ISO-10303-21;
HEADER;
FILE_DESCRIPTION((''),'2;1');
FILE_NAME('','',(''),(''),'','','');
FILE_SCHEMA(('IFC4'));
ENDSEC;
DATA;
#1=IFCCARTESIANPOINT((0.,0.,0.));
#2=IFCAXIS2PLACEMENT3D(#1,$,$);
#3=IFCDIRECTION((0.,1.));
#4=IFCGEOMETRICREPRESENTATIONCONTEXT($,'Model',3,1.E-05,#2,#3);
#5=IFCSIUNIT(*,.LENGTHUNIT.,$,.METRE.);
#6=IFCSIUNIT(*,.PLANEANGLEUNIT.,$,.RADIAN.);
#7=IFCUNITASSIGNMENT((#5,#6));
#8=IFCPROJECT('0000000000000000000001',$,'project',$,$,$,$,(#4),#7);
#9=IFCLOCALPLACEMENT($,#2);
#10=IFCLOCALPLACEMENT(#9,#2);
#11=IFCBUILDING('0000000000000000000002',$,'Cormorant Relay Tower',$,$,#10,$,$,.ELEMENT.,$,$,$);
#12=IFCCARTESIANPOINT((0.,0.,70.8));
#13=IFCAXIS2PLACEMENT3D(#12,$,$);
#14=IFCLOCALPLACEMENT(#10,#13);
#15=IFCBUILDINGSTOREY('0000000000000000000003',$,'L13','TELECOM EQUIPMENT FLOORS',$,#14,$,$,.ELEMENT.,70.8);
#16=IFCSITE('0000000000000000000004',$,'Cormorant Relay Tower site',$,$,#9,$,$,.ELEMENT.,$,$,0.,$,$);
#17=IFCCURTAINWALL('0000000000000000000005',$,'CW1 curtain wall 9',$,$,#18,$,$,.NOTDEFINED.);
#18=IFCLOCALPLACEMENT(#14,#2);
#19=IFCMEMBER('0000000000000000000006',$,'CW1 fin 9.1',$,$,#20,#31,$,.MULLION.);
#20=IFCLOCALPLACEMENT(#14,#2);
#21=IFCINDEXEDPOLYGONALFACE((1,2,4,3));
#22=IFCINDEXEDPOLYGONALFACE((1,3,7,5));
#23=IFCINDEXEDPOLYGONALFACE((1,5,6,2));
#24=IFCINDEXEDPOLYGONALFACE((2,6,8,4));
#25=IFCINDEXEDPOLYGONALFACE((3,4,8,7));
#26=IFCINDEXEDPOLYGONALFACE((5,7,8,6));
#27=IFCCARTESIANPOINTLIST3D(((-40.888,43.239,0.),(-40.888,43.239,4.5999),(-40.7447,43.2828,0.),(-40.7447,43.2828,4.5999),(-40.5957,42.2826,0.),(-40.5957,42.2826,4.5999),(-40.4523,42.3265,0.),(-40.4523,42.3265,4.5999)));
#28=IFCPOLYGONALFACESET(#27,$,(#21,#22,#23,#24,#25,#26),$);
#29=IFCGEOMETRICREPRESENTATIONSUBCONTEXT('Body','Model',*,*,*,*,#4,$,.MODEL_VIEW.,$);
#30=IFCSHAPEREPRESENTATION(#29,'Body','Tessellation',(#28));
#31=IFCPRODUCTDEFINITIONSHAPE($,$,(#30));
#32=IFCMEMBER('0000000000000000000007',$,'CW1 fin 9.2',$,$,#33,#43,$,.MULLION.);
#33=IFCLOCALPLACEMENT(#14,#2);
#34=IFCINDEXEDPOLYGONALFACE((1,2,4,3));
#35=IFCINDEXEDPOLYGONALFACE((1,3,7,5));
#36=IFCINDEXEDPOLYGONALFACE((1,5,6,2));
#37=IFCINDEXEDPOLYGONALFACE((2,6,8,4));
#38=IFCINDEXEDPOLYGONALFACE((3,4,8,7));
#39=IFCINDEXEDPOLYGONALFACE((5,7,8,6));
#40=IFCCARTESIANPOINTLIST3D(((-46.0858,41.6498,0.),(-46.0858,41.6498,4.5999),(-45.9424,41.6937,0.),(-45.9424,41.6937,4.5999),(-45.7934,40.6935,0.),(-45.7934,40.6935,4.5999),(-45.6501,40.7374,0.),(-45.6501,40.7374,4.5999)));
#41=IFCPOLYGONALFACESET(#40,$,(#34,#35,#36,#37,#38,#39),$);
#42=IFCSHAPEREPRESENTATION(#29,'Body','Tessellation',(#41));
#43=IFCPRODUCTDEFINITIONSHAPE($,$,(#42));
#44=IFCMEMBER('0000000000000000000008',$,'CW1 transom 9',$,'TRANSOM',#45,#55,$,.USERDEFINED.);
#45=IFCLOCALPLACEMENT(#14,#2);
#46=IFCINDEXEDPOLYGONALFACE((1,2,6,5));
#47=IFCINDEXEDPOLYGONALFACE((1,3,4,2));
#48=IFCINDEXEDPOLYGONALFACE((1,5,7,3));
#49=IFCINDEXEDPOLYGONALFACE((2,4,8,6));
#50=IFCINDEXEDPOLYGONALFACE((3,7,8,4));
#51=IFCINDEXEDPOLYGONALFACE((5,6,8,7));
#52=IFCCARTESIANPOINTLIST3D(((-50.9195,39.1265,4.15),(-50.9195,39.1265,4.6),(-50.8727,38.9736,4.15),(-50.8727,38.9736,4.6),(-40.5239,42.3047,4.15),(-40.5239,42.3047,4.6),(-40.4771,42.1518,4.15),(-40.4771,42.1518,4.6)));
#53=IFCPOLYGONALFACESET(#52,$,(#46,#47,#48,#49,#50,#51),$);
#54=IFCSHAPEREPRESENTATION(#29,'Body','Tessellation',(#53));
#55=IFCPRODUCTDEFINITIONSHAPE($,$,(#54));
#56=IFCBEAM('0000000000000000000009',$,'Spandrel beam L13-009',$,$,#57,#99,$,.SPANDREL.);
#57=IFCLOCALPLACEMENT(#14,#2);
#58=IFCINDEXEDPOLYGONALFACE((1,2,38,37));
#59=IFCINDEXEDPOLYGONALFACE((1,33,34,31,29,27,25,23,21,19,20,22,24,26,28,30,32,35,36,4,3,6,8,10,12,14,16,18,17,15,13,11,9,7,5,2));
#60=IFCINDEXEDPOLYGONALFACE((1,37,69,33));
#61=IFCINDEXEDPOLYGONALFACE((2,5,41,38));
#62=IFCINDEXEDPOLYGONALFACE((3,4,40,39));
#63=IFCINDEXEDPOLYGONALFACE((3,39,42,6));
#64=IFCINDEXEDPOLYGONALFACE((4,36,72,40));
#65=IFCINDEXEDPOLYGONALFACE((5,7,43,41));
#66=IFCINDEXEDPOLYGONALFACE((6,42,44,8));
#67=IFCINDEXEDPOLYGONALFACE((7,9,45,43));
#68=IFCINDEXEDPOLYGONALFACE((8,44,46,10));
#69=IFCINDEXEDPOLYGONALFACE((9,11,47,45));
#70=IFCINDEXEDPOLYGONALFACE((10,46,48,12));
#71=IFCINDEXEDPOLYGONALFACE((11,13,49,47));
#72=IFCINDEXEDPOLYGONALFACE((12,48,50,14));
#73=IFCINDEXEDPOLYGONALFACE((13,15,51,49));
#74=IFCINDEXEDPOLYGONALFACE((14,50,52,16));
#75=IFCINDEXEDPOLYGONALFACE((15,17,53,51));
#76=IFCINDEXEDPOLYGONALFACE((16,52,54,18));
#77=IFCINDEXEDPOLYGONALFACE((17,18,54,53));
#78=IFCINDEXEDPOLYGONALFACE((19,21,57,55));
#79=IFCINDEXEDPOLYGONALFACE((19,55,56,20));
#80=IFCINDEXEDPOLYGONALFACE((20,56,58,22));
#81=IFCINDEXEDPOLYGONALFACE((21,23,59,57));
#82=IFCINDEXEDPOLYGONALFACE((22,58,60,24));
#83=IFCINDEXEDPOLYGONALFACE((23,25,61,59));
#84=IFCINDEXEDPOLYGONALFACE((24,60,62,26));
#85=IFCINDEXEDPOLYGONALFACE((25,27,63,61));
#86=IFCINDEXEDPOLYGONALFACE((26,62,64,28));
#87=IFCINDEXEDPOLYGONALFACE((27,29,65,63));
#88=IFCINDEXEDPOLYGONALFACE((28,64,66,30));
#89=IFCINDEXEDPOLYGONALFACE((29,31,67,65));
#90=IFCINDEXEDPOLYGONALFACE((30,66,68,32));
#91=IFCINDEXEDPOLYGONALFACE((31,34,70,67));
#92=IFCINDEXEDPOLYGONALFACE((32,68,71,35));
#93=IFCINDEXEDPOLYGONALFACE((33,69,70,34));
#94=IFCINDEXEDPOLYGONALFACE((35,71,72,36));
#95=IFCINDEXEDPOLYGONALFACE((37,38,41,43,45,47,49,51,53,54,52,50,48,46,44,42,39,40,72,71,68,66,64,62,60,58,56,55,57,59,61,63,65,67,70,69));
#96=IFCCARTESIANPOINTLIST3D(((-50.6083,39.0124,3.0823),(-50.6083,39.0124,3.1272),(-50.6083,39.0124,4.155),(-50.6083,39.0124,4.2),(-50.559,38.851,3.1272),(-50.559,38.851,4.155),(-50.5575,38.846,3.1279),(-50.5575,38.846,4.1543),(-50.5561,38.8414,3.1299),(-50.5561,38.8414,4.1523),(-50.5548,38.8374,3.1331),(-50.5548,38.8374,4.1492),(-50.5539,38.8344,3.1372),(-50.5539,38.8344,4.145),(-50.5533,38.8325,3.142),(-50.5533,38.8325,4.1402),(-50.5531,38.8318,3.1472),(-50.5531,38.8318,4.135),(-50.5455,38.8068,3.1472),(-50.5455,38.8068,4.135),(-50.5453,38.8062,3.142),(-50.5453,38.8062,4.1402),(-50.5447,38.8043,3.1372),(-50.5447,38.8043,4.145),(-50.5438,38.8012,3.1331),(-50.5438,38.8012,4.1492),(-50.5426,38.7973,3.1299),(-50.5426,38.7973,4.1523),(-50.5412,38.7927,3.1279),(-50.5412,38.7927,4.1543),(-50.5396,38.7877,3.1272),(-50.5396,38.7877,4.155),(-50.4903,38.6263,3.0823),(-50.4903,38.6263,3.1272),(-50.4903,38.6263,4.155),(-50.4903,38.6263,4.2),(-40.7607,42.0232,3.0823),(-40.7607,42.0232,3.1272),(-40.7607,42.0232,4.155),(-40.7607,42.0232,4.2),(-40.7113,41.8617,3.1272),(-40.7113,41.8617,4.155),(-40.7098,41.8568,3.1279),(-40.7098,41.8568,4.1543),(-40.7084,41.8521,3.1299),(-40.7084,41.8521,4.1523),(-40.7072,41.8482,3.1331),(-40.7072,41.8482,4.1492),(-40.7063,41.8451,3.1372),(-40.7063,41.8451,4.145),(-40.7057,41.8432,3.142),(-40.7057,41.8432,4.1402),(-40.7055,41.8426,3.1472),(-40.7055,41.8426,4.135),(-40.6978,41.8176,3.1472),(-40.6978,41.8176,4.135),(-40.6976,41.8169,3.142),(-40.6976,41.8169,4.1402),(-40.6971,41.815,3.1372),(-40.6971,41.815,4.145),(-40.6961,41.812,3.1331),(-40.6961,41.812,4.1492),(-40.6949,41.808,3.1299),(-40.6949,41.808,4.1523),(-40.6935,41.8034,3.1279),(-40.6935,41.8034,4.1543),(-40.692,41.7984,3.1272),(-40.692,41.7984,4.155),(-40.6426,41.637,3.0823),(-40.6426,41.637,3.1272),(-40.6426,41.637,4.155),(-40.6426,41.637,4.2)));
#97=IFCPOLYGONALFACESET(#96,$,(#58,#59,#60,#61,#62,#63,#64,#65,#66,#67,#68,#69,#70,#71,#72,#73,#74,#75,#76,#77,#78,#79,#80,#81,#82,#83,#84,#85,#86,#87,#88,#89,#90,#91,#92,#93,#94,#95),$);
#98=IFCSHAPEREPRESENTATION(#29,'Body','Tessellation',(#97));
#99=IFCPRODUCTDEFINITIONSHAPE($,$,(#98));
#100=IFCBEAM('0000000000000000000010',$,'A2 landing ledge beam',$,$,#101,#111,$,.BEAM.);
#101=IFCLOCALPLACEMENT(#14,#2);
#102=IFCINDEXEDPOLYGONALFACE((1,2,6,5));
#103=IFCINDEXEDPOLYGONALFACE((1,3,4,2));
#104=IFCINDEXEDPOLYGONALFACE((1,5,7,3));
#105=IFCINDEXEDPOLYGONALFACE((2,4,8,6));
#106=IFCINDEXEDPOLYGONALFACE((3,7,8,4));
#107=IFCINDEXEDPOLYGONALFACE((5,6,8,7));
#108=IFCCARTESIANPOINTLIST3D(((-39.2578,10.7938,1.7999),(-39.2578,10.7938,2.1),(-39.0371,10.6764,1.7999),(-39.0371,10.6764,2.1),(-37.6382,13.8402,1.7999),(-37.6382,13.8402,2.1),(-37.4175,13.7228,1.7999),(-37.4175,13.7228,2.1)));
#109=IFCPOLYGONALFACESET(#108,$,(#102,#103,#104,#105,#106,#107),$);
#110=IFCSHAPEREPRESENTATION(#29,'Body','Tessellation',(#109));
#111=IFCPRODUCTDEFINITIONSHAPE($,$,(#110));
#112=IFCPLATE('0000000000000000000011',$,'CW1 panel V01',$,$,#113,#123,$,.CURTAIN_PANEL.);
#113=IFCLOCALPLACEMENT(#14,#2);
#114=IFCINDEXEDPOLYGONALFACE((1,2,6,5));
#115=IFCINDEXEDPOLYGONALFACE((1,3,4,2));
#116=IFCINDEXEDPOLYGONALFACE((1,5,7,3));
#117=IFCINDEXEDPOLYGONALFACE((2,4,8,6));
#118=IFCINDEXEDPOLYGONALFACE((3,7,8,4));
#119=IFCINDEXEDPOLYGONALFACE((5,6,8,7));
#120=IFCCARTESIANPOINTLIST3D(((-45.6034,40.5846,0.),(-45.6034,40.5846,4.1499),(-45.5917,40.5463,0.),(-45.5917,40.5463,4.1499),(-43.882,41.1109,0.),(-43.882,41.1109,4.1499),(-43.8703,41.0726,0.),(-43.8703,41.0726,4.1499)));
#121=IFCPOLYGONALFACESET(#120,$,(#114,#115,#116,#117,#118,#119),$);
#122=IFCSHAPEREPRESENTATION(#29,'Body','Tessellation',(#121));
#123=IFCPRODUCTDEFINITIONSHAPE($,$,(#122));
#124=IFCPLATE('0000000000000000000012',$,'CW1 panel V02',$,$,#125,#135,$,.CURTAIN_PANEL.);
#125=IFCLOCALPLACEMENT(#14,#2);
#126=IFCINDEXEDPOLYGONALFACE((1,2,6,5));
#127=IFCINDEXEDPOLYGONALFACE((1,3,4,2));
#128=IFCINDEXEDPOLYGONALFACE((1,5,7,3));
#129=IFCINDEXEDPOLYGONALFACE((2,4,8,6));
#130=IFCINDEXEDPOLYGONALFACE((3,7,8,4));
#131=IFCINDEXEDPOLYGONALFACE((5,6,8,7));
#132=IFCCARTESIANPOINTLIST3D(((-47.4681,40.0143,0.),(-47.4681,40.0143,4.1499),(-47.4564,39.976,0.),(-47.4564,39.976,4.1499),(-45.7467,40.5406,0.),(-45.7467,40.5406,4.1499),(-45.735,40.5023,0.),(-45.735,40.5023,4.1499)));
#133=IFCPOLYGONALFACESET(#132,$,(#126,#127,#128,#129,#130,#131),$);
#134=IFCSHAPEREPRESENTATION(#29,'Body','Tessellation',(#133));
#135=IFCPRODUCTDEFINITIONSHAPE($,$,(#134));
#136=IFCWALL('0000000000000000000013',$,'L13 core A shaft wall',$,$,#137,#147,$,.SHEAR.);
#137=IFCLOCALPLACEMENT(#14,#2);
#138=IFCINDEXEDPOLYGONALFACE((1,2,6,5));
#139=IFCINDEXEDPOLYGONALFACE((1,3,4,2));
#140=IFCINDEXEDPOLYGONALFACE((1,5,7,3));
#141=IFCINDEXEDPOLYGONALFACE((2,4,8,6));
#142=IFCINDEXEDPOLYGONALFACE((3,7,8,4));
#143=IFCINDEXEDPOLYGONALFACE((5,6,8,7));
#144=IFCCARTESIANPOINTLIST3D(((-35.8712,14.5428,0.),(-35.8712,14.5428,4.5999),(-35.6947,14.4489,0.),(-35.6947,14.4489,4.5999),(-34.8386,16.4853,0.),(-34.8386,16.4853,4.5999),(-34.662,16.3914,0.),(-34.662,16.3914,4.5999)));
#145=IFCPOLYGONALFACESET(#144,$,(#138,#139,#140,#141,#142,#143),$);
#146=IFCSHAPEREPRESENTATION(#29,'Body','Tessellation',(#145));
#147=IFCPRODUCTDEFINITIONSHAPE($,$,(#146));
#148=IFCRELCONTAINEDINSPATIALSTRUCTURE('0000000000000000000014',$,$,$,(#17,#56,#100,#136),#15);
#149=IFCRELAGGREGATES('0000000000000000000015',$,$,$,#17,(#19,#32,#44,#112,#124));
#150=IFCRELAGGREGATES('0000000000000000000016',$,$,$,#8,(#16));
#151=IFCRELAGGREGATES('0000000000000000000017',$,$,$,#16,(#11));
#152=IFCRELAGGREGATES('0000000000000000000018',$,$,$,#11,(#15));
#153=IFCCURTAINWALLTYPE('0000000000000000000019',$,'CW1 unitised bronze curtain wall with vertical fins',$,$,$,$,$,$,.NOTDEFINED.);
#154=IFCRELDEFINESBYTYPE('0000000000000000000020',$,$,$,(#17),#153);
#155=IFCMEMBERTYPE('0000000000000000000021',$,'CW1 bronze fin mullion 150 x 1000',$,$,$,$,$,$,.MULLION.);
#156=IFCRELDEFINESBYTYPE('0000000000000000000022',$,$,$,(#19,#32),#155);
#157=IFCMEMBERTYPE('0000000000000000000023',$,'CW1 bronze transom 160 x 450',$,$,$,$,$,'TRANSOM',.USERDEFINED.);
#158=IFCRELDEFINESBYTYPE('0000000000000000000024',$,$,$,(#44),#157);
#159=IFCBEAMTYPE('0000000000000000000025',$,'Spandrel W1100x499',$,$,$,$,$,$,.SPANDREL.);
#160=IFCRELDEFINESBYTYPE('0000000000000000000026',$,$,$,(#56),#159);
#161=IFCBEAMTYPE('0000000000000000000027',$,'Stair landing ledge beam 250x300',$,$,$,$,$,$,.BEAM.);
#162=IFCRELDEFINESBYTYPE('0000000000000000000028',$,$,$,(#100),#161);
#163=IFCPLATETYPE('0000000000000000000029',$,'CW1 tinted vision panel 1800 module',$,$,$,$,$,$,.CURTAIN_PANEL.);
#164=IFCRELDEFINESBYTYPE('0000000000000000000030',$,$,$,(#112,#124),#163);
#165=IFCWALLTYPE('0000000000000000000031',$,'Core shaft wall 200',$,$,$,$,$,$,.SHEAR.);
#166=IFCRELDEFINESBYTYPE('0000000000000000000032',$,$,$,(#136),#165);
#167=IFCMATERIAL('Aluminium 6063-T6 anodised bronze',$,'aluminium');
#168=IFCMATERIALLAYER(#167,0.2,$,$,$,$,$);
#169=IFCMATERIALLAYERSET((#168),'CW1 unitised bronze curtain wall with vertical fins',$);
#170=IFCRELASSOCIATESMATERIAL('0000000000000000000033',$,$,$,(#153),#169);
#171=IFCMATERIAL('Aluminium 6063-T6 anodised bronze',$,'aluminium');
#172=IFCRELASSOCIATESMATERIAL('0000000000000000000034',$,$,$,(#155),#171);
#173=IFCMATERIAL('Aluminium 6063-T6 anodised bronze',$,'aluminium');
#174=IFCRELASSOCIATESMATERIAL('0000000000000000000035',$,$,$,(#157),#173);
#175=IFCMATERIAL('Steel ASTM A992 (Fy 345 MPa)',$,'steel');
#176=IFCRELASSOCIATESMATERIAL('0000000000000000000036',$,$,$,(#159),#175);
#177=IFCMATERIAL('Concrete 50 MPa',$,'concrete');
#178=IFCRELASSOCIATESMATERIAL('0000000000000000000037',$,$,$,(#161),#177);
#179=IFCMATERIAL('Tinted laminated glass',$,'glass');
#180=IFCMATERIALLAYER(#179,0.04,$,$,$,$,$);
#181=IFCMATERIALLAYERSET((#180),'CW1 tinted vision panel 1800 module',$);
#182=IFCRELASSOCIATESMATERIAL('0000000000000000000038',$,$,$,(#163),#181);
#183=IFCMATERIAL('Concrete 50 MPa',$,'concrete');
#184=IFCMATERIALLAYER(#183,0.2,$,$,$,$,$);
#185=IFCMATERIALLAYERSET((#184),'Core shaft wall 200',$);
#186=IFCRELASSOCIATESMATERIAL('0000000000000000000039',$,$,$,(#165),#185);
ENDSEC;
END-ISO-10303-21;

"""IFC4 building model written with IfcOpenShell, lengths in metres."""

from ifc_helpers import new_model, si_unit, direction, frame, frame_2d, origin, origin_2d, place, context, subcontext, project, spatial, rectangle, i_section, extrude, material, layer, layer_set, material_profile, profile_set, type_object, element, aggregate, save


model = new_model("IFC4")

# Units and contexts
model_context = context("Model", 3, precision=1e-05, world=origin(), true_north=direction((0.0, 1.0)))
body_context = subcontext(model_context, "Body", "Model", "MODEL_VIEW")
ifc_project = project(units=[si_unit("LENGTHUNIT", "METRE"), si_unit("PLANEANGLEUNIT", "RADIAN")], contexts=[model_context])

# Site, building, storey
site_placement = place(None, origin())
site = spatial("IfcSite", under=ifc_project, at=site_placement, Name="Cormorant Relay Tower site", CompositionType="ELEMENT", RefElevation=0.0)
building_placement = place(site_placement, origin())
building = spatial("IfcBuilding", under=site, at=building_placement, Name="Cormorant Relay Tower", CompositionType="ELEMENT")
storey_placement = place(building_placement, frame((0.0, 0.0, 70.8)))
storey = spatial("IfcBuildingStorey", under=building, at=storey_placement, Name="L13", Description="TELECOM EQUIPMENT FLOORS", CompositionType="ELEMENT", Elevation=70.8)

# Shared definitions
ifc_material_1 = material(Name="Aluminium 6063-T6 anodised bronze", Category="aluminium")
ifc_layer_1 = layer(ifc_material_1, 0.2)
ifc_layer_set_1 = layer_set([ifc_layer_1], Name="CW1 unitised bronze curtain wall with vertical fins")
curtain_wall_type = type_object("IfcCurtainWallType", Name="CW1 unitised bronze curtain wall with vertical fins", PredefinedType="NOTDEFINED", material=ifc_layer_set_1)
ifc_material_2 = material(Name="Aluminium 6063-T6 anodised bronze", Category="aluminium")
ifc_material_profile_1 = material_profile(ifc_material_2, rectangle(XDim=0.1499, YDim=1.0, at=origin_2d()), Name="AL 150x1000")
ifc_profile_set_1 = profile_set([ifc_material_profile_1], Name="Aluminium 6063-T6 anodised bronze")
member_type_1 = type_object("IfcMemberType", Name="CW1 bronze fin mullion 150 x 1000", PredefinedType="MULLION", material=ifc_profile_set_1)

# Curtain wall, members
curtain_wall_1_placement = place(storey_placement, origin())
curtain_wall_1 = element("IfcCurtainWall", 1, at=curtain_wall_1_placement, inside=storey, type_object=curtain_wall_type, Name="CW1 curtain wall 9", PredefinedType="NOTDEFINED")
member_1_placement = place(storey_placement, frame((-40.6702, 42.7827, 0.0), z_axis=(0.0, 0.0, 1.0), x_axis=(-0.956305, -0.292372, 0.0)))
member_1 = element("IfcMember", 2, at=member_1_placement, type_object=member_type_1, Name="CW1 fin 9.1", PredefinedType="MULLION", context=body_context, shape_type="SweptSolid", body=[
    extrude(rectangle(XDim=0.1499, YDim=1.0, at=origin_2d()), origin(), (0.0, 0.0, 1.0), 4.5999),
])
member_2_placement = place(storey_placement, frame((-45.8679, 41.1936, 0.0), z_axis=(0.0, 0.0, 1.0), x_axis=(-0.956305, -0.292372, 0.0)))
member_2 = element("IfcMember", 3, at=member_2_placement, type_object=member_type_1, Name="CW1 fin 9.2", PredefinedType="MULLION", context=body_context, shape_type="SweptSolid", body=[
    extrude(rectangle(XDim=0.1499, YDim=1.0, at=origin_2d()), origin(), (0.0, 0.0, 1.0), 4.5999),
])
ifc_material_3 = material(Name="Aluminium 6063-T6 anodised bronze", Category="aluminium")
ifc_material_profile_2 = material_profile(ifc_material_3, rectangle(XDim=0.1599, YDim=0.45, at=origin_2d()), Name="AL 160x450")
ifc_profile_set_2 = profile_set([ifc_material_profile_2], Name="Aluminium 6063-T6 anodised bronze")
member_type_2 = type_object("IfcMemberType", Name="CW1 bronze transom 160 x 450", ElementType="TRANSOM", PredefinedType="USERDEFINED", material=ifc_profile_set_2)
member_3_placement = place(storey_placement, frame((-40.5005, 42.2283, 4.375), z_axis=(-0.956305, -0.292371, 0.0), x_axis=(0.292371, -0.956305, 0.0)))
member_3 = element("IfcMember", 4, at=member_3_placement, type_object=member_type_2, Name="CW1 transom 9", ObjectType="TRANSOM", PredefinedType="USERDEFINED", context=body_context, shape_type="SweptSolid", body=[
    extrude(rectangle(XDim=0.1599, YDim=0.45, at=origin_2d()), origin(), (0.0, 0.0, 1.0), 10.8706),
])

# Beams
ifc_material_4 = material(Name="Steel ASTM A992 (Fy 345 MPa)", Category="steel")
ifc_material_profile_3 = material_profile(ifc_material_4, i_section(OverallWidth=0.4038, OverallDepth=1.1177, WebThickness=0.0261, FlangeThickness=0.0449, FilletRadius=0.02, at=origin_2d()), Name="W1100x499")
ifc_profile_set_3 = profile_set([ifc_material_profile_3], Name="Steel ASTM A992 (Fy 345 MPa)")
beam_type_1 = type_object("IfcBeamType", Name="Spandrel W1100x499", PredefinedType="SPANDREL", material=ifc_profile_set_3)
beam_1_placement = place(storey_placement, frame((-40.7017, 41.8301, 3.6411), z_axis=(-0.956304, -0.292373, 0.0), x_axis=(0.292373, -0.956304, 0.0)))
element("IfcBeam", 5, at=beam_1_placement, inside=storey, type_object=beam_type_1, Name="Spandrel beam L13-009", PredefinedType="SPANDREL", context=body_context, shape_type="SweptSolid", body=[
    extrude(i_section(OverallWidth=0.4038, OverallDepth=1.1177, WebThickness=0.0261, FlangeThickness=0.0449, FilletRadius=0.02, at=origin_2d()), origin(), (0.0, 0.0, 1.0), 10.2976),
])
ifc_material_5 = material(Name="Concrete 50 MPa", Category="concrete")
ifc_material_profile_4 = material_profile(ifc_material_5, rectangle(XDim=0.25, YDim=0.3, at=origin_2d()), Name="RC 250x300")
ifc_profile_set_4 = profile_set([ifc_material_profile_4], Name="Concrete 50 MPa")
beam_type_2 = type_object("IfcBeamType", Name="Stair landing ledge beam 250x300", PredefinedType="BEAM", material=ifc_profile_set_4)
beam_2_placement = place(storey_placement, frame((-37.5278, 13.7815, 1.95), z_axis=(-0.469435, -0.882967, 0.0), x_axis=(0.882967, -0.469435, 0.0)))
element("IfcBeam", 6, at=beam_2_placement, inside=storey, type_object=beam_type_2, Name="A2 landing ledge beam", PredefinedType="BEAM", context=body_context, shape_type="SweptSolid", body=[
    extrude(rectangle(XDim=0.25, YDim=0.3, at=origin_2d()), origin(), (0.0, 0.0, 1.0), 3.4502),
])

# Plates
ifc_material_6 = material(Name="Tinted laminated glass", Category="glass")
ifc_layer_2 = layer(ifc_material_6, 0.04)
ifc_layer_set_2 = layer_set([ifc_layer_2], Name="CW1 tinted vision panel 1800 module")
plate_type = type_object("IfcPlateType", Name="CW1 tinted vision panel 1800 module", PredefinedType="CURTAIN_PANEL", material=ifc_layer_set_2)
plate_1_placement = place(storey_placement, frame((-44.7368, 40.8286, 0.0), z_axis=(0.0, 0.0, 1.0), x_axis=(-0.956305, -0.292372, 0.0)))
plate_1 = element("IfcPlate", 7, at=plate_1_placement, type_object=plate_type, Name="CW1 panel V01", PredefinedType="CURTAIN_PANEL", context=body_context, shape_type="SweptSolid", body=[
    extrude(rectangle(XDim=1.8, YDim=0.04, at=origin_2d()), origin(), (0.0, 0.0, 1.0), 4.1499),
])
plate_2_placement = place(storey_placement, frame((-46.6016, 40.2583, 0.0), z_axis=(0.0, 0.0, 1.0), x_axis=(-0.956305, -0.292372, 0.0)))
plate_2 = element("IfcPlate", 8, at=plate_2_placement, type_object=plate_type, Name="CW1 panel V02", PredefinedType="CURTAIN_PANEL", context=body_context, shape_type="SweptSolid", body=[
    extrude(rectangle(XDim=1.8, YDim=0.04, at=origin_2d()), origin(), (0.0, 0.0, 1.0), 4.1499),
])

# Wall
ifc_material_7 = material(Name="Concrete 50 MPa", Category="concrete")
ifc_layer_3 = layer(ifc_material_7, 0.2)
ifc_layer_set_3 = layer_set([ifc_layer_3], Name="Core shaft wall 200")
wall_type_1 = type_object("IfcWallType", Name="Core shaft wall 200", PredefinedType="SHEAR", material=ifc_layer_set_3)
wall_1_placement = place(storey_placement, frame((-34.7502, 16.4385, 0.0), z_axis=(0.0, 0.0, 1.0), x_axis=(-0.469401, -0.882985, 0.0)))
element("IfcWall", 9, at=wall_1_placement, inside=storey, type_object=wall_type_1, Name="L13 core A shaft wall", PredefinedType="SHEAR", context=body_context, shape_type="SweptSolid", body=[
    extrude(rectangle(XDim=2.2, YDim=0.2, at=frame_2d((1.1001, 0.0))), origin(), (0.0, 0.0, 1.0), 4.5999),
])

aggregate(curtain_wall_1, [member_1, member_2, member_3, plate_1, plate_2])

save(model, "model.ifc")
